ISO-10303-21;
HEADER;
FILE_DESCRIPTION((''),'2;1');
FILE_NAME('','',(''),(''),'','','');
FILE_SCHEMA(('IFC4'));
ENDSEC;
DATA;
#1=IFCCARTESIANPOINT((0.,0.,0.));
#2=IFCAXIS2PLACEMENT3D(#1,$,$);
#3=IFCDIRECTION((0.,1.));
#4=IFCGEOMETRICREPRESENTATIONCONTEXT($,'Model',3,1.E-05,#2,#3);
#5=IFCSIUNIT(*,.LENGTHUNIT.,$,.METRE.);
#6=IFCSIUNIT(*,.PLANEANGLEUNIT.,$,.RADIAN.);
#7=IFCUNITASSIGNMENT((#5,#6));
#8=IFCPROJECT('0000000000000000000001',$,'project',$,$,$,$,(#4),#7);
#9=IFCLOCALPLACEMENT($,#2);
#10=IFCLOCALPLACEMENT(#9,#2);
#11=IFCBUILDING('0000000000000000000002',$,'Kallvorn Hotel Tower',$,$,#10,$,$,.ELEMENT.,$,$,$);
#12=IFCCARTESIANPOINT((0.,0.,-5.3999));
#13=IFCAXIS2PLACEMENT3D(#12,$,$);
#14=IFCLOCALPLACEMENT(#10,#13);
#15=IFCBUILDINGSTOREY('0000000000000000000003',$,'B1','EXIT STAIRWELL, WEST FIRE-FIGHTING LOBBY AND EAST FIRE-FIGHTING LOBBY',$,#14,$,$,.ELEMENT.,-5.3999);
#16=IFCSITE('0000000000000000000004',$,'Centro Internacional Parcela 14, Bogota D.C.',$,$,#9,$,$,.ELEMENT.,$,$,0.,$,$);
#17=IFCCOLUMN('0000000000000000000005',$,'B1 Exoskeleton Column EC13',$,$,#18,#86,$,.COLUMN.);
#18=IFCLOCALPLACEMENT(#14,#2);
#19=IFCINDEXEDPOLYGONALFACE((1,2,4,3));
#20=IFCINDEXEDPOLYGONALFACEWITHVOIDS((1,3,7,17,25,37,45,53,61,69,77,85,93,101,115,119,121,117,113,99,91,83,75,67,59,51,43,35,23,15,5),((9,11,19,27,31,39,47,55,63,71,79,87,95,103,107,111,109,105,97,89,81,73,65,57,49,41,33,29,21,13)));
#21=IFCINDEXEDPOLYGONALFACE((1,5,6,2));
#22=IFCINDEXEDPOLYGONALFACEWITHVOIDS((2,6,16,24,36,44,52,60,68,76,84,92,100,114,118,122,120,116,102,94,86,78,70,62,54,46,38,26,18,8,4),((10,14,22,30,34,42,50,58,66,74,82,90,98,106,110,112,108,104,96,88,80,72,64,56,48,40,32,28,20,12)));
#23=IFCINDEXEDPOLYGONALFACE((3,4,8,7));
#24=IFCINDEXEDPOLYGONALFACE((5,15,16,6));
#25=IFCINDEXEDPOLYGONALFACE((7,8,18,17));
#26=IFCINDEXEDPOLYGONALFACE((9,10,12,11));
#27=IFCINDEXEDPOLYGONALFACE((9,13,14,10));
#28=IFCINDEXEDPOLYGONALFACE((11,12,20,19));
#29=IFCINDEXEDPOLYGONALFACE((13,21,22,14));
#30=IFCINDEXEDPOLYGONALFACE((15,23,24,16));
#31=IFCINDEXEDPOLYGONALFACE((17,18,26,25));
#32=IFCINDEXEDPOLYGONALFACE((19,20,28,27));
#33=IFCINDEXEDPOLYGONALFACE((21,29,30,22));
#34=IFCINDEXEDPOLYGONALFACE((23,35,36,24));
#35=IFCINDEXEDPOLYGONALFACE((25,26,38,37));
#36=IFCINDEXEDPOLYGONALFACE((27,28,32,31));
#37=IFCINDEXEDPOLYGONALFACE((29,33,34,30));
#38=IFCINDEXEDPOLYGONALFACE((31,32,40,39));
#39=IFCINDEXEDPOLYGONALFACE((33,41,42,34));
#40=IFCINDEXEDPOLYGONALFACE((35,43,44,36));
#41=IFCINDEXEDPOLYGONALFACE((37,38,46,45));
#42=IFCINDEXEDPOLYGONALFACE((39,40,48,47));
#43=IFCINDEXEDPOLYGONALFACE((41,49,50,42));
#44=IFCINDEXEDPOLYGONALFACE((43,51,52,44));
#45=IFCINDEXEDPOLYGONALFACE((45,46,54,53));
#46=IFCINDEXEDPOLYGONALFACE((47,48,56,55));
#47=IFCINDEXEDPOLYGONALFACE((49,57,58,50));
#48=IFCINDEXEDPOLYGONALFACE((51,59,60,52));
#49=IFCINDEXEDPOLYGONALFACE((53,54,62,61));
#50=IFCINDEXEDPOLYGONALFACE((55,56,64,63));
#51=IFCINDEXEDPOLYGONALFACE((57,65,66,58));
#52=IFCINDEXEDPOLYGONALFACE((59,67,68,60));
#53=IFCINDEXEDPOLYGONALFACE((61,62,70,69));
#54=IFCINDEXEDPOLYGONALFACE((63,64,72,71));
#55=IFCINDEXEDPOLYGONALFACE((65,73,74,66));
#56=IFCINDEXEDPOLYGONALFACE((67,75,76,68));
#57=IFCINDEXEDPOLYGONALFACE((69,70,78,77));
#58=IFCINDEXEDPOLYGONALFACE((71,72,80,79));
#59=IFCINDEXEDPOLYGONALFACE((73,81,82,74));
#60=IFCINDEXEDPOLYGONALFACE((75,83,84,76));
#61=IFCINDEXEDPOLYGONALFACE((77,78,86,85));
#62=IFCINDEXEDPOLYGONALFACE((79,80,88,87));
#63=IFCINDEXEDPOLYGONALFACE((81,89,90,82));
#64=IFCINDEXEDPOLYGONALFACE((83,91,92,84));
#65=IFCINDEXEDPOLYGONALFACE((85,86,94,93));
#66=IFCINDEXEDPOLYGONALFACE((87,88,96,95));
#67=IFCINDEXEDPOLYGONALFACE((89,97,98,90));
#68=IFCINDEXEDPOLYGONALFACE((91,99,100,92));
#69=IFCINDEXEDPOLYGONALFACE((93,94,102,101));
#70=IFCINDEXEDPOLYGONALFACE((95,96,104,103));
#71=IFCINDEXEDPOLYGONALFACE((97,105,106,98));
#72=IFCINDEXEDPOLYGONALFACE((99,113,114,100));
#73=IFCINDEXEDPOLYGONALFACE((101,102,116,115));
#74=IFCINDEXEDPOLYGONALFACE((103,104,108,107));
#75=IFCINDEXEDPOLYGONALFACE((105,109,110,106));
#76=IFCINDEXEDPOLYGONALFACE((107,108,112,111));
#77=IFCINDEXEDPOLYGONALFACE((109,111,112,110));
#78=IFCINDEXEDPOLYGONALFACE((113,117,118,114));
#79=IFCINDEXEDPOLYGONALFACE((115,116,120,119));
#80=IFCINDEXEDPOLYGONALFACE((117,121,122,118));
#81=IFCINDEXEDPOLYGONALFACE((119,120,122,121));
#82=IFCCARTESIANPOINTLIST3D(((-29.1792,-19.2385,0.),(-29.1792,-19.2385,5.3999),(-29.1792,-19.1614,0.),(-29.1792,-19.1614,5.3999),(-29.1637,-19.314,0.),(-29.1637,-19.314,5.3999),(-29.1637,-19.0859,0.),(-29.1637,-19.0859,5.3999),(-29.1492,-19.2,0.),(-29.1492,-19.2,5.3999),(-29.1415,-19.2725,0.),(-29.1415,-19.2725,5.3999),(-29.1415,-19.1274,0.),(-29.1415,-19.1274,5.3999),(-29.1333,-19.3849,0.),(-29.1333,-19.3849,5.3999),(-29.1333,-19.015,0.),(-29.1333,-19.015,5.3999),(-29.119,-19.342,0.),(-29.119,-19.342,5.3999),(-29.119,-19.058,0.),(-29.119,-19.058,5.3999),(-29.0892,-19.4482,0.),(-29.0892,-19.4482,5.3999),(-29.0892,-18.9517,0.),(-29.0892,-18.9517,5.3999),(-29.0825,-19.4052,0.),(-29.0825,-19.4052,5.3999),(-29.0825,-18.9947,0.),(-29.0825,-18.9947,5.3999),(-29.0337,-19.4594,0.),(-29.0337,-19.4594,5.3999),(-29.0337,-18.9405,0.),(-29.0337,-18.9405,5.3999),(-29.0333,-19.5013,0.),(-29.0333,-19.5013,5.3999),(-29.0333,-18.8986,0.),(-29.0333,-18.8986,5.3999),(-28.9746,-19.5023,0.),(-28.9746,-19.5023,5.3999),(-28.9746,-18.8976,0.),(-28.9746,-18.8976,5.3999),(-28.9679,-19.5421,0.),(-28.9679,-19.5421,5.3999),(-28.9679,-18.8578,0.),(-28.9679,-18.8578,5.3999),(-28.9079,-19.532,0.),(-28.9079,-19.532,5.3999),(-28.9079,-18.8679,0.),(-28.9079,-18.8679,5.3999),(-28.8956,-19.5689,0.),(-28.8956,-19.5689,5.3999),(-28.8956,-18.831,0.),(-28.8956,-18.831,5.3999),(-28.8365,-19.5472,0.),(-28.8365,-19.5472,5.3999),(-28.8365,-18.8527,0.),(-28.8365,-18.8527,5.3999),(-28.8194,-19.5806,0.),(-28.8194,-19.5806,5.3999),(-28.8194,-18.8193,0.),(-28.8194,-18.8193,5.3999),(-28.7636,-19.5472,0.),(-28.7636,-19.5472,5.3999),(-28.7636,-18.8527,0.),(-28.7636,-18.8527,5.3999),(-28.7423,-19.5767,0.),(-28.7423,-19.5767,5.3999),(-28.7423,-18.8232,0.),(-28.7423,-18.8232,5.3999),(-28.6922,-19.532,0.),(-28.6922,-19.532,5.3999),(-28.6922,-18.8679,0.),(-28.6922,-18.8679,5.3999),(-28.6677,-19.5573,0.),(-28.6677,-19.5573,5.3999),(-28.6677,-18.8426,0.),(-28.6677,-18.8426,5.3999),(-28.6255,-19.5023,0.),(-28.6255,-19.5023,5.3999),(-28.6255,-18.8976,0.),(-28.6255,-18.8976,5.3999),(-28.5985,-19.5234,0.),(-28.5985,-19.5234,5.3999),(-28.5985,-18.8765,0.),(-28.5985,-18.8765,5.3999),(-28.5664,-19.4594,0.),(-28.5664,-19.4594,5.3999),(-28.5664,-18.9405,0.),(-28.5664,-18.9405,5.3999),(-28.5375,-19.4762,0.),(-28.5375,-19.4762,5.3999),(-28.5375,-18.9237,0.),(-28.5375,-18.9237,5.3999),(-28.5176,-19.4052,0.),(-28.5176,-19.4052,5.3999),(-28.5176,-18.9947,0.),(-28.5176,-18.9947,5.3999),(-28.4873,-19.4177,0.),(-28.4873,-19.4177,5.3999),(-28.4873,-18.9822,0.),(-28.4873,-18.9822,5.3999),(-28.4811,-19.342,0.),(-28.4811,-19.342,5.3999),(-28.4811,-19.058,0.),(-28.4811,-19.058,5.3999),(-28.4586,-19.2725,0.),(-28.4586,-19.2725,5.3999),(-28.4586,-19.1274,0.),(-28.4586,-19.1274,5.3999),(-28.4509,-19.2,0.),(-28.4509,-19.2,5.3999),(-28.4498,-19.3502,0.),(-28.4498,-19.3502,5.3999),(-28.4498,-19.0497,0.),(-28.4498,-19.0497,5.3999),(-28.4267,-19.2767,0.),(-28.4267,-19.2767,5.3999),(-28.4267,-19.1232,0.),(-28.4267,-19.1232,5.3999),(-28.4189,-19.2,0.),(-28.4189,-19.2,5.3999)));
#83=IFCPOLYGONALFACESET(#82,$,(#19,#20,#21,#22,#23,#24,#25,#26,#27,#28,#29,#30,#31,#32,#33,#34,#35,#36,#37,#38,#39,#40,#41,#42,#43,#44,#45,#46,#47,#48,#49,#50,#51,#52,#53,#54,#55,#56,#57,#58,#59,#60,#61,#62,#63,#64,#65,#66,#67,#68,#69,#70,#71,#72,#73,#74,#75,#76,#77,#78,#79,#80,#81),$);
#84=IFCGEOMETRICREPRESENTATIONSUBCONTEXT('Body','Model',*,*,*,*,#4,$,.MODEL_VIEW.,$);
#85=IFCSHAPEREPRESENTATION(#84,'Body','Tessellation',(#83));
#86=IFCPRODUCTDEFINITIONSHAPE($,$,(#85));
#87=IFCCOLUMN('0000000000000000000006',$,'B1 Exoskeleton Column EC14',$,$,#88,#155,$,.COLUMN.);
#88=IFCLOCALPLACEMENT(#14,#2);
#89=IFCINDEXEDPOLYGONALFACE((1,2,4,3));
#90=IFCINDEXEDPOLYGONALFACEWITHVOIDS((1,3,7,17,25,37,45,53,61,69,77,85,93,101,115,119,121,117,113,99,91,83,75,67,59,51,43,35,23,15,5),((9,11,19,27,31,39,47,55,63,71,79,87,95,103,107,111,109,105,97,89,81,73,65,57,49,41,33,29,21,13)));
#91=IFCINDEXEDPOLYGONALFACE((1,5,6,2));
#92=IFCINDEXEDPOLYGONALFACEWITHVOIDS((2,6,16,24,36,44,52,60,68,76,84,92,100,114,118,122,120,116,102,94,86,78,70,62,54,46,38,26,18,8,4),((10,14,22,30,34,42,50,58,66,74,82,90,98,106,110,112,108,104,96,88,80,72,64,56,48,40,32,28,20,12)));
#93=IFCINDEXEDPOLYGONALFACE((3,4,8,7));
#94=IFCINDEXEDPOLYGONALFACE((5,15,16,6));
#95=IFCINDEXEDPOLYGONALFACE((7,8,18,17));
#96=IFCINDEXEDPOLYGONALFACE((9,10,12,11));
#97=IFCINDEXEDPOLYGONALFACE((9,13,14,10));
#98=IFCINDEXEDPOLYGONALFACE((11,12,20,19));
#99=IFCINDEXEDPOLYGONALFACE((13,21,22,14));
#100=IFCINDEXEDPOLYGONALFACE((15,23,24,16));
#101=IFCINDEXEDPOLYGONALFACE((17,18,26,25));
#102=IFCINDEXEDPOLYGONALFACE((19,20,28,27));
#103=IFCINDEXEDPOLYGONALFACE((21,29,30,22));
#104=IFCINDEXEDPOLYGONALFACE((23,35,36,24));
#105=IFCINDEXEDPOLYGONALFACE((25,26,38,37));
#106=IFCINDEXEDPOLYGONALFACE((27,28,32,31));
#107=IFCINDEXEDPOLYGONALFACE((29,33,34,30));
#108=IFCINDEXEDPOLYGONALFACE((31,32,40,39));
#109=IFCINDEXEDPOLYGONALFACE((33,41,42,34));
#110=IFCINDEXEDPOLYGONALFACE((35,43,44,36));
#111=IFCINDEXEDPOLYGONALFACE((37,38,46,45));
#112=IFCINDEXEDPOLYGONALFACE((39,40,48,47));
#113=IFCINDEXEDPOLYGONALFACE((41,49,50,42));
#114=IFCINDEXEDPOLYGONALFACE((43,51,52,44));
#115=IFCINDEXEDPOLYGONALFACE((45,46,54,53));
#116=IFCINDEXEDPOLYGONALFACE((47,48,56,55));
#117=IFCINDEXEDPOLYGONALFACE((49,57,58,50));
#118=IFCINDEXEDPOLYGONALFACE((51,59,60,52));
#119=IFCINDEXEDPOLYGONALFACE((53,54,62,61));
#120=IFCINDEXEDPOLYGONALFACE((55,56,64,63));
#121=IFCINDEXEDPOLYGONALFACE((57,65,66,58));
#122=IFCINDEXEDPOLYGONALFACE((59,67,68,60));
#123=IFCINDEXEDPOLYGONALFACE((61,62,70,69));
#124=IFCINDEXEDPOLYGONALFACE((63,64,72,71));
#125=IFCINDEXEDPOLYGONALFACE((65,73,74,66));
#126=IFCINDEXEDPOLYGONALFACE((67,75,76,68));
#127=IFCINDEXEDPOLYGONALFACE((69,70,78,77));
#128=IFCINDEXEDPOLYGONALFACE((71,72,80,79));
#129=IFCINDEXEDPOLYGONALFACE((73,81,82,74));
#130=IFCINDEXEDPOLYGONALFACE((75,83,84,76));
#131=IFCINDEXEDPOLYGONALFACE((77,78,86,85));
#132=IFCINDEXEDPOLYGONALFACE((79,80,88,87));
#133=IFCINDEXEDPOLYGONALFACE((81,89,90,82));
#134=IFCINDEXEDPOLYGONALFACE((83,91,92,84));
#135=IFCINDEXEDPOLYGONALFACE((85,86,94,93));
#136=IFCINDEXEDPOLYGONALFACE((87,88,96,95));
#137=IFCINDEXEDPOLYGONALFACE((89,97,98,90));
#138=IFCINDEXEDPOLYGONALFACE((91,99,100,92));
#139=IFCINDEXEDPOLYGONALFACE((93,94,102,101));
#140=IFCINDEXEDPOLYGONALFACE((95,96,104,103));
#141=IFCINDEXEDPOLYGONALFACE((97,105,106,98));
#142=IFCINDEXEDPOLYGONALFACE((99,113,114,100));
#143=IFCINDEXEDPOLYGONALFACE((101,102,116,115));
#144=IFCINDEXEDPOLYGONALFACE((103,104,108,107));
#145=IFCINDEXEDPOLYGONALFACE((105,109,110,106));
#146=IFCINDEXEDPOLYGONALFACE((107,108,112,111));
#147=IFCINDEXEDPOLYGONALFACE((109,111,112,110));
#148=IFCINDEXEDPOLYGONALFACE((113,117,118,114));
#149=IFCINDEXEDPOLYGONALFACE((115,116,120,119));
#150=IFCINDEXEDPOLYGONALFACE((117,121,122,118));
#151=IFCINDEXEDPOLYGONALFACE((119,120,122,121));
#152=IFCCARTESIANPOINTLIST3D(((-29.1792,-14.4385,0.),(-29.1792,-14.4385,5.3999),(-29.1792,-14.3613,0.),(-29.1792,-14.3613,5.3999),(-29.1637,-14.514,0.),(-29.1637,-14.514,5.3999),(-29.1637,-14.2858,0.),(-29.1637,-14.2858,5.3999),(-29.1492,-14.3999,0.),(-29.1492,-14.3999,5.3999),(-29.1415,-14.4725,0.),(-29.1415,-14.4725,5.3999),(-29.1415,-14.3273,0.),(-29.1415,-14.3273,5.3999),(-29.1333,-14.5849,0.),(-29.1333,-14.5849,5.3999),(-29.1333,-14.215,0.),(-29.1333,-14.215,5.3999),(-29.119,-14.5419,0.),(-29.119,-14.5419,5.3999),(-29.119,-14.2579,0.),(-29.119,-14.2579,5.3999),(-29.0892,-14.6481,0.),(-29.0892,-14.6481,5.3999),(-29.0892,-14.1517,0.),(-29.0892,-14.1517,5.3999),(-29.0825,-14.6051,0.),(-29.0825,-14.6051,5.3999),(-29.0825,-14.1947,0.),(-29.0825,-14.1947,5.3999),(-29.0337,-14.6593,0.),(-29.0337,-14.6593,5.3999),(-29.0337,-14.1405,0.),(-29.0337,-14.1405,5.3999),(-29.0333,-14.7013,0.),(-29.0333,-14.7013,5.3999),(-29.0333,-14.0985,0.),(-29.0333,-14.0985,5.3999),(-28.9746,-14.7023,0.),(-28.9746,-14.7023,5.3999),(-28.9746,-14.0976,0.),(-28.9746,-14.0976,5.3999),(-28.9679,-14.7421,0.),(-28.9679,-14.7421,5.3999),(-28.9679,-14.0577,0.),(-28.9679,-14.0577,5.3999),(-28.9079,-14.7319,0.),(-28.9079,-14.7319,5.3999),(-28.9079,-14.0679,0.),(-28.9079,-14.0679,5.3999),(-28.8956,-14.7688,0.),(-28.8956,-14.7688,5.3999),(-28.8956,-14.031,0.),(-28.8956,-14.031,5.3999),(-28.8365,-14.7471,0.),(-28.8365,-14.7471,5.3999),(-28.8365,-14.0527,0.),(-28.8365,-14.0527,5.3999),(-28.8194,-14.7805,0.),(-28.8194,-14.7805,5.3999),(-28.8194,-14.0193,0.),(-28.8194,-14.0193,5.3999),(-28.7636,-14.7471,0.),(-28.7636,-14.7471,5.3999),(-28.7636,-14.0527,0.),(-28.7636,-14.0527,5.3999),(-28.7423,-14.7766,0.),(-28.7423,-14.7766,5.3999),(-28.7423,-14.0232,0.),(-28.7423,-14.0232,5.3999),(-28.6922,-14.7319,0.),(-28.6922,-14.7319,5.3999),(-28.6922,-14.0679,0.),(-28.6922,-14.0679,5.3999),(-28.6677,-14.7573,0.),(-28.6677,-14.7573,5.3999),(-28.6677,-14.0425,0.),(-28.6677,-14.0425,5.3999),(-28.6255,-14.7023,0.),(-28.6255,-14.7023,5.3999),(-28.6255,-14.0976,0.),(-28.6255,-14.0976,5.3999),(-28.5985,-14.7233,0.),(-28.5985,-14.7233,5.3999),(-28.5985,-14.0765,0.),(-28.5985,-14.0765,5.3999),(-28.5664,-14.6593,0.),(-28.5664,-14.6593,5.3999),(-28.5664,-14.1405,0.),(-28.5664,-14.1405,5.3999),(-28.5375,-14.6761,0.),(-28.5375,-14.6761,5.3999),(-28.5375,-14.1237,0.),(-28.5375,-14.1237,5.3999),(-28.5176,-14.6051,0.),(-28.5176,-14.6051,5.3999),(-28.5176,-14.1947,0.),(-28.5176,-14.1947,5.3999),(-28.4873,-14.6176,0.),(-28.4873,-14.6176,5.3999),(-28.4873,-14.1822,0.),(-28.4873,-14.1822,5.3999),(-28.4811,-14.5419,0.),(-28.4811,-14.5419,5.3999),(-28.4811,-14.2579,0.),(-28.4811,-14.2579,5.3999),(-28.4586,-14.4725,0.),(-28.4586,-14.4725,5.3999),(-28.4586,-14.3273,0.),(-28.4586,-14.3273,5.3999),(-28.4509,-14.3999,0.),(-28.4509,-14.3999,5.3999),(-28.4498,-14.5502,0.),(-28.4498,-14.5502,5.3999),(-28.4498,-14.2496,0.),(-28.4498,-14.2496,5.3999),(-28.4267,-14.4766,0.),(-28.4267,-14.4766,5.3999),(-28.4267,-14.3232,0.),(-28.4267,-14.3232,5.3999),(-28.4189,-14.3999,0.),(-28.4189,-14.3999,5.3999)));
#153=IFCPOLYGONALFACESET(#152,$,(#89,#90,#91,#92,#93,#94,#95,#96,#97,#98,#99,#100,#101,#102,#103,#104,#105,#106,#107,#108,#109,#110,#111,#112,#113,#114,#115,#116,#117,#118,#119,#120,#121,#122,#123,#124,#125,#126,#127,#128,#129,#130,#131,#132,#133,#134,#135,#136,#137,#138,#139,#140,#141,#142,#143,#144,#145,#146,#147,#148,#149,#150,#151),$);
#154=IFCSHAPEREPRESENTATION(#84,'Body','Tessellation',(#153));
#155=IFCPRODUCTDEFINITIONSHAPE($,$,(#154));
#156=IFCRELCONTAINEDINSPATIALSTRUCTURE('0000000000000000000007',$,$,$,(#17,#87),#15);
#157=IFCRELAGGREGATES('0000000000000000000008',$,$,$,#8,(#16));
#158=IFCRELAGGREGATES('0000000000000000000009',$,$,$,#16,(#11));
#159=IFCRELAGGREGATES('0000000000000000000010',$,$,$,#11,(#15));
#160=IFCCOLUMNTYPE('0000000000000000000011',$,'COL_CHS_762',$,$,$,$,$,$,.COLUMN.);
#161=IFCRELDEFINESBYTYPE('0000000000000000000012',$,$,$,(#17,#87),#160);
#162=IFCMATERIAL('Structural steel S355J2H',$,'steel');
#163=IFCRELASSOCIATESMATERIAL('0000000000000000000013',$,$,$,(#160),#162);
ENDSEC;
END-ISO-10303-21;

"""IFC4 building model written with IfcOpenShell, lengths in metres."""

from ifc_helpers import new_model, si_unit, direction, frame, origin, origin_2d, place, context, subcontext, project, spatial, hollow_circle, extrude, material, material_profile, profile_set, type_object, element, save


model = new_model("IFC4")

# Units and contexts
model_context = context("Model", 3, precision=1e-05, world=origin(), true_north=direction((0.0, 1.0)))
body_context = subcontext(model_context, "Body", "Model", "MODEL_VIEW")
ifc_project = project(units=[si_unit("LENGTHUNIT", "METRE"), si_unit("PLANEANGLEUNIT", "RADIAN")], contexts=[model_context])

# Site, building, storey
site_placement = place(None, origin())
site = spatial("IfcSite", under=ifc_project, at=site_placement, Name="Centro Internacional Parcela 14, Bogota D.C.", CompositionType="ELEMENT", RefElevation=0.0)
building_placement = place(site_placement, origin())
building = spatial("IfcBuilding", under=site, at=building_placement, Name="Kallvorn Hotel Tower", CompositionType="ELEMENT")
storey_placement = place(building_placement, frame((0.0, 0.0, -5.3999)))
storey = spatial("IfcBuildingStorey", under=building, at=storey_placement, Name="B1", Description="EXIT STAIRWELL, WEST FIRE-FIGHTING LOBBY AND EAST FIRE-FIGHTING LOBBY", CompositionType="ELEMENT", Elevation=-5.3999)

# Columns
ifc_material_1 = material(Name="Structural steel S355J2H", Category="steel")
ifc_material_profile_1 = material_profile(ifc_material_1, hollow_circle(Radius=0.3811, WallThickness=0.032, at=origin_2d()), Name="CHS 762x32")
ifc_profile_set_1 = profile_set([ifc_material_profile_1], Name="Structural steel S355J2H")
column_type_1 = type_object("IfcColumnType", Name="COL_CHS_762", PredefinedType="COLUMN", material=ifc_profile_set_1)
for number, where, z_axis, x_axis, name in (
    (1, (-28.8, -19.2, 0.0), (0.0, 0.0, 1.0), (1.0, 0.0, 0.0), "B1 Exoskeleton Column EC13"),
    (2, (-28.8, -14.3999, 0.0), (0.0, 0.0, 1.0), (1.0, 0.0, 0.0), "B1 Exoskeleton Column EC14"),
):
    element("IfcColumn", number, at=place(storey_placement, frame(where, z_axis=z_axis, x_axis=x_axis)), inside=storey, type_object=column_type_1, Name=name, PredefinedType="COLUMN", context=body_context, shape_type="SweptSolid", body=[
        extrude(hollow_circle(Radius=0.3811, WallThickness=0.032, at=origin_2d()), origin(), (0.0, 0.0, 1.0), 5.3999),
    ])

save(model, "model.ifc")
